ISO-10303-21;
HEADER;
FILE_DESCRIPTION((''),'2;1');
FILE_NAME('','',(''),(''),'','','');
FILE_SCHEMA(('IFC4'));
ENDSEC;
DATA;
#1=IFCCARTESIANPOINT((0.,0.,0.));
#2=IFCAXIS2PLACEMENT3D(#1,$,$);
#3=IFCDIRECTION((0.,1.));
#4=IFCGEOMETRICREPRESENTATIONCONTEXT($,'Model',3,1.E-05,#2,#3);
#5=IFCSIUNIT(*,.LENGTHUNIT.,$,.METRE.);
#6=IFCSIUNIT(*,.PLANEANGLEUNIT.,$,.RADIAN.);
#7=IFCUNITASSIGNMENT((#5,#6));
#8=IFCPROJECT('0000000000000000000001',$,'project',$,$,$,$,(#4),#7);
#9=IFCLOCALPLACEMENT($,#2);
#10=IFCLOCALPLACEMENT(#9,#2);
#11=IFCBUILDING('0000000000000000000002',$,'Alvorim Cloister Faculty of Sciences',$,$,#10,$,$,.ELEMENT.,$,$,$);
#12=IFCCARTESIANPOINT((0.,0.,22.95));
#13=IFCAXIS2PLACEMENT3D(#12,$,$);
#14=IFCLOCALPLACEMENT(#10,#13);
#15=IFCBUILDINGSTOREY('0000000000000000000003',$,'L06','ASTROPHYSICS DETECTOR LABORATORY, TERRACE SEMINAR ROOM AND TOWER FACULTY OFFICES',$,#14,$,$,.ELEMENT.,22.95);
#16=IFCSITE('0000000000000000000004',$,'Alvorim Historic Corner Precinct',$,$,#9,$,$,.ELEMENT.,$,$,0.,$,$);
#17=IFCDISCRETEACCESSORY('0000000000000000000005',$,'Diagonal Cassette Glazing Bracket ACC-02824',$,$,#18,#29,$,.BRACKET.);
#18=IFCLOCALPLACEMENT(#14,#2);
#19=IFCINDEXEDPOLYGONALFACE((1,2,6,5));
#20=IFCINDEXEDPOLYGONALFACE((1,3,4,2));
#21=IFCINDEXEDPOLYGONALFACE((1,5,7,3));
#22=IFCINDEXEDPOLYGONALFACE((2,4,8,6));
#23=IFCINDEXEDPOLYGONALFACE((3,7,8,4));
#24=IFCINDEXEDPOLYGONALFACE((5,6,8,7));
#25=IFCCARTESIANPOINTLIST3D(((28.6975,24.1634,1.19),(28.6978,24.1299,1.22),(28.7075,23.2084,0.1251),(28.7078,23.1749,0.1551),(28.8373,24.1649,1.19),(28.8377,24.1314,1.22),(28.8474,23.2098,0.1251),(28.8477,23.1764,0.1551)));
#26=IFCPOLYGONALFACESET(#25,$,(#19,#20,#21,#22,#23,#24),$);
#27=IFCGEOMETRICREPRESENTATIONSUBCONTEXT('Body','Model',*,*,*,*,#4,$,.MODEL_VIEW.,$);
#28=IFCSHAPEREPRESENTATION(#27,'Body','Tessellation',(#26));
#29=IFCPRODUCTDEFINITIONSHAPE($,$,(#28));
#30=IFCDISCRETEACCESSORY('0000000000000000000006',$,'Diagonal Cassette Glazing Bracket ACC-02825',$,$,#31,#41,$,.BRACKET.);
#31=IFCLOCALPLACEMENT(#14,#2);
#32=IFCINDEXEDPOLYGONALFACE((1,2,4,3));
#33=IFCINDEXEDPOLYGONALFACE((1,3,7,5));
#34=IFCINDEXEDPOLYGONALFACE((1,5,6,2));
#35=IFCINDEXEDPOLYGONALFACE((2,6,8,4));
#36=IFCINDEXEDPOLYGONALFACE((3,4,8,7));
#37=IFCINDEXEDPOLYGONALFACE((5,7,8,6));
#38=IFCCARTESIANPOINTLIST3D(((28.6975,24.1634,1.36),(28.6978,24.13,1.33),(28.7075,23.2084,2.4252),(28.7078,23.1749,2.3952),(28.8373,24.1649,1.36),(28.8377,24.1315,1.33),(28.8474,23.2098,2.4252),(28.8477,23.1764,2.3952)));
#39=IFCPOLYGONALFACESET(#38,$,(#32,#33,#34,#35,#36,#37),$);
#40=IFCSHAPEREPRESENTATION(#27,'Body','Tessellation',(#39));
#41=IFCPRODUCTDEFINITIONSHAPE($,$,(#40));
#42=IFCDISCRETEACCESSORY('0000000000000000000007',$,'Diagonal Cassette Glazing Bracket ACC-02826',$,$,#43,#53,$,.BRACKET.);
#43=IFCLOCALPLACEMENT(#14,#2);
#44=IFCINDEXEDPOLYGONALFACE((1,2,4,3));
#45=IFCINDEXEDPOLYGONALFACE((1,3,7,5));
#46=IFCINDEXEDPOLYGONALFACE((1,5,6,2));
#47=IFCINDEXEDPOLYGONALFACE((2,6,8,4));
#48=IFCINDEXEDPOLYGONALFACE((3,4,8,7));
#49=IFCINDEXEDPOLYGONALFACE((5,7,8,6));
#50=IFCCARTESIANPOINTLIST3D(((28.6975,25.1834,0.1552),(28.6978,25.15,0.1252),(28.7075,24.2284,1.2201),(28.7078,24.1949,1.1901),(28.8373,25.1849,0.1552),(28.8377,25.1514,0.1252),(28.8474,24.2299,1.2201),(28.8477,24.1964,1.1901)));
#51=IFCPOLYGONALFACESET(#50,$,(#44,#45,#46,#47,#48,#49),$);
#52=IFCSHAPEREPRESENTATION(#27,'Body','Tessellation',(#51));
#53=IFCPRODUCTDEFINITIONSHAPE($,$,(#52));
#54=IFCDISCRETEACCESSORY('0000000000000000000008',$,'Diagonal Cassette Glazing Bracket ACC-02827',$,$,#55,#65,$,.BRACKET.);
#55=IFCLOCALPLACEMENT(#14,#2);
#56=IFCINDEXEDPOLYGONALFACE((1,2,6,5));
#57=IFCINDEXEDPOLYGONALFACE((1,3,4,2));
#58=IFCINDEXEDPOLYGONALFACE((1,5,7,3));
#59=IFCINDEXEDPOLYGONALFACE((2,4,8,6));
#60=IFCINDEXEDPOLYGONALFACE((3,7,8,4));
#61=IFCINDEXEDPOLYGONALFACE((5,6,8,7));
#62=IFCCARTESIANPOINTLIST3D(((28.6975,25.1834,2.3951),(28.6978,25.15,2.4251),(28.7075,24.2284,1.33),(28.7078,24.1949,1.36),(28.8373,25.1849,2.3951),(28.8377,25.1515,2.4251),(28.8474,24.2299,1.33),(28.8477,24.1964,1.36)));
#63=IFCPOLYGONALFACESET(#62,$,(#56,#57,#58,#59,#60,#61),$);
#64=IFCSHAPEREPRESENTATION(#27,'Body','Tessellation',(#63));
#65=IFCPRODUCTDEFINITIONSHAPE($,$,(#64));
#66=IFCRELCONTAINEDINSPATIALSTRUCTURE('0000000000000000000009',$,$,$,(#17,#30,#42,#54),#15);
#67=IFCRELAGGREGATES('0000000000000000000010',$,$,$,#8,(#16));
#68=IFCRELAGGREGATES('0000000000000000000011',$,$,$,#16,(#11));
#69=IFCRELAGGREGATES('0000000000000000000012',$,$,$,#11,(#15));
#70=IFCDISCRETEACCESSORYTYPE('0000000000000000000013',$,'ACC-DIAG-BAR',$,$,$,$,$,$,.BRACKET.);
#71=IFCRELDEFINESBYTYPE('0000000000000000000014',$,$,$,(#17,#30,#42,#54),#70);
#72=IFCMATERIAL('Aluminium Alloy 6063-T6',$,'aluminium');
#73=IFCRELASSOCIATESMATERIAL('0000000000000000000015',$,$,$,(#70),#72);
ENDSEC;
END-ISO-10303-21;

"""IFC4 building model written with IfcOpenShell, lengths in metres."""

from ifc_helpers import new_model, si_unit, direction, frame, origin, origin_2d, place, context, subcontext, project, spatial, rectangle, extrude, material, type_object, element, save


model = new_model("IFC4")

# Units and contexts
model_context = context("Model", 3, precision=1e-05, world=origin(), true_north=direction((0.0, 1.0)))
body_context = subcontext(model_context, "Body", "Model", "MODEL_VIEW")
ifc_project = project(units=[si_unit("LENGTHUNIT", "METRE"), si_unit("PLANEANGLEUNIT", "RADIAN")], contexts=[model_context])

# Site, building, storey
site_placement = place(None, origin())
site = spatial("IfcSite", under=ifc_project, at=site_placement, Name="Alvorim Historic Corner Precinct", CompositionType="ELEMENT", RefElevation=0.0)
building_placement = place(site_placement, origin())
building = spatial("IfcBuilding", under=site, at=building_placement, Name="Alvorim Cloister Faculty of Sciences", CompositionType="ELEMENT")
storey_placement = place(building_placement, frame((0.0, 0.0, 22.95)))
storey = spatial("IfcBuildingStorey", under=building, at=storey_placement, Name="L06", Description="ASTROPHYSICS DETECTOR LABORATORY, TERRACE SEMINAR ROOM AND TOWER FACULTY OFFICES", CompositionType="ELEMENT", Elevation=22.95)

# Shared definitions
ifc_material_1 = material(Name="Aluminium Alloy 6063-T6", Category="aluminium")

# Discrete accessories
discrete_accessory_type = type_object("IfcDiscreteAccessoryType", Name="ACC-DIAG-BAR", PredefinedType="BRACKET", material=ifc_material_1)
discrete_accessory_1_placement = place(storey_placement, frame((28.7776, 23.1924, 0.1401), z_axis=(-0.006997, 0.667646, 0.744446), x_axis=(-0.999945, -0.01048, 0.0)))
element("IfcDiscreteAccessory", 1, at=discrete_accessory_1_placement, inside=storey, type_object=discrete_accessory_type, Name="Diagonal Cassette Glazing Bracket ACC-02824", PredefinedType="BRACKET", context=body_context, shape_type="SweptSolid", body=[
    extrude(rectangle(XDim=0.1399, YDim=0.0449, at=origin_2d()), origin(), (0.0, 0.0, 1.0), 1.4304),
])
discrete_accessory_2_placement = place(storey_placement, frame((28.7776, 23.1924, 2.4102), z_axis=(-0.006996, 0.667561, -0.744522), x_axis=(-0.999945, -0.01048, 0.0)))
element("IfcDiscreteAccessory", 2, at=discrete_accessory_2_placement, inside=storey, type_object=discrete_accessory_type, Name="Diagonal Cassette Glazing Bracket ACC-02825", PredefinedType="BRACKET", context=body_context, shape_type="SweptSolid", body=[
    extrude(rectangle(XDim=0.1399, YDim=0.0449, at=origin_2d()), origin(), (0.0, 0.0, 1.0), 1.4307),
])
discrete_accessory_3_placement = place(storey_placement, frame((28.7776, 24.2124, 1.2051), z_axis=(-0.006997, 0.667646, -0.744446), x_axis=(-0.999945, -0.01048, 0.0)))
element("IfcDiscreteAccessory", 3, at=discrete_accessory_3_placement, inside=storey, type_object=discrete_accessory_type, Name="Diagonal Cassette Glazing Bracket ACC-02826", PredefinedType="BRACKET", context=body_context, shape_type="SweptSolid", body=[
    extrude(rectangle(XDim=0.1399, YDim=0.0449, at=origin_2d()), origin(), (0.0, 0.0, 1.0), 1.4304),
])
discrete_accessory_4_placement = place(storey_placement, frame((28.7776, 24.2124, 1.345), z_axis=(-0.006996, 0.667561, 0.744522), x_axis=(-0.999945, -0.01048, 0.0)))
element("IfcDiscreteAccessory", 4, at=discrete_accessory_4_placement, inside=storey, type_object=discrete_accessory_type, Name="Diagonal Cassette Glazing Bracket ACC-02827", PredefinedType="BRACKET", context=body_context, shape_type="SweptSolid", body=[
    extrude(rectangle(XDim=0.1399, YDim=0.0449, at=origin_2d()), origin(), (0.0, 0.0, 1.0), 1.4307),
])

save(model, "model.ifc")
